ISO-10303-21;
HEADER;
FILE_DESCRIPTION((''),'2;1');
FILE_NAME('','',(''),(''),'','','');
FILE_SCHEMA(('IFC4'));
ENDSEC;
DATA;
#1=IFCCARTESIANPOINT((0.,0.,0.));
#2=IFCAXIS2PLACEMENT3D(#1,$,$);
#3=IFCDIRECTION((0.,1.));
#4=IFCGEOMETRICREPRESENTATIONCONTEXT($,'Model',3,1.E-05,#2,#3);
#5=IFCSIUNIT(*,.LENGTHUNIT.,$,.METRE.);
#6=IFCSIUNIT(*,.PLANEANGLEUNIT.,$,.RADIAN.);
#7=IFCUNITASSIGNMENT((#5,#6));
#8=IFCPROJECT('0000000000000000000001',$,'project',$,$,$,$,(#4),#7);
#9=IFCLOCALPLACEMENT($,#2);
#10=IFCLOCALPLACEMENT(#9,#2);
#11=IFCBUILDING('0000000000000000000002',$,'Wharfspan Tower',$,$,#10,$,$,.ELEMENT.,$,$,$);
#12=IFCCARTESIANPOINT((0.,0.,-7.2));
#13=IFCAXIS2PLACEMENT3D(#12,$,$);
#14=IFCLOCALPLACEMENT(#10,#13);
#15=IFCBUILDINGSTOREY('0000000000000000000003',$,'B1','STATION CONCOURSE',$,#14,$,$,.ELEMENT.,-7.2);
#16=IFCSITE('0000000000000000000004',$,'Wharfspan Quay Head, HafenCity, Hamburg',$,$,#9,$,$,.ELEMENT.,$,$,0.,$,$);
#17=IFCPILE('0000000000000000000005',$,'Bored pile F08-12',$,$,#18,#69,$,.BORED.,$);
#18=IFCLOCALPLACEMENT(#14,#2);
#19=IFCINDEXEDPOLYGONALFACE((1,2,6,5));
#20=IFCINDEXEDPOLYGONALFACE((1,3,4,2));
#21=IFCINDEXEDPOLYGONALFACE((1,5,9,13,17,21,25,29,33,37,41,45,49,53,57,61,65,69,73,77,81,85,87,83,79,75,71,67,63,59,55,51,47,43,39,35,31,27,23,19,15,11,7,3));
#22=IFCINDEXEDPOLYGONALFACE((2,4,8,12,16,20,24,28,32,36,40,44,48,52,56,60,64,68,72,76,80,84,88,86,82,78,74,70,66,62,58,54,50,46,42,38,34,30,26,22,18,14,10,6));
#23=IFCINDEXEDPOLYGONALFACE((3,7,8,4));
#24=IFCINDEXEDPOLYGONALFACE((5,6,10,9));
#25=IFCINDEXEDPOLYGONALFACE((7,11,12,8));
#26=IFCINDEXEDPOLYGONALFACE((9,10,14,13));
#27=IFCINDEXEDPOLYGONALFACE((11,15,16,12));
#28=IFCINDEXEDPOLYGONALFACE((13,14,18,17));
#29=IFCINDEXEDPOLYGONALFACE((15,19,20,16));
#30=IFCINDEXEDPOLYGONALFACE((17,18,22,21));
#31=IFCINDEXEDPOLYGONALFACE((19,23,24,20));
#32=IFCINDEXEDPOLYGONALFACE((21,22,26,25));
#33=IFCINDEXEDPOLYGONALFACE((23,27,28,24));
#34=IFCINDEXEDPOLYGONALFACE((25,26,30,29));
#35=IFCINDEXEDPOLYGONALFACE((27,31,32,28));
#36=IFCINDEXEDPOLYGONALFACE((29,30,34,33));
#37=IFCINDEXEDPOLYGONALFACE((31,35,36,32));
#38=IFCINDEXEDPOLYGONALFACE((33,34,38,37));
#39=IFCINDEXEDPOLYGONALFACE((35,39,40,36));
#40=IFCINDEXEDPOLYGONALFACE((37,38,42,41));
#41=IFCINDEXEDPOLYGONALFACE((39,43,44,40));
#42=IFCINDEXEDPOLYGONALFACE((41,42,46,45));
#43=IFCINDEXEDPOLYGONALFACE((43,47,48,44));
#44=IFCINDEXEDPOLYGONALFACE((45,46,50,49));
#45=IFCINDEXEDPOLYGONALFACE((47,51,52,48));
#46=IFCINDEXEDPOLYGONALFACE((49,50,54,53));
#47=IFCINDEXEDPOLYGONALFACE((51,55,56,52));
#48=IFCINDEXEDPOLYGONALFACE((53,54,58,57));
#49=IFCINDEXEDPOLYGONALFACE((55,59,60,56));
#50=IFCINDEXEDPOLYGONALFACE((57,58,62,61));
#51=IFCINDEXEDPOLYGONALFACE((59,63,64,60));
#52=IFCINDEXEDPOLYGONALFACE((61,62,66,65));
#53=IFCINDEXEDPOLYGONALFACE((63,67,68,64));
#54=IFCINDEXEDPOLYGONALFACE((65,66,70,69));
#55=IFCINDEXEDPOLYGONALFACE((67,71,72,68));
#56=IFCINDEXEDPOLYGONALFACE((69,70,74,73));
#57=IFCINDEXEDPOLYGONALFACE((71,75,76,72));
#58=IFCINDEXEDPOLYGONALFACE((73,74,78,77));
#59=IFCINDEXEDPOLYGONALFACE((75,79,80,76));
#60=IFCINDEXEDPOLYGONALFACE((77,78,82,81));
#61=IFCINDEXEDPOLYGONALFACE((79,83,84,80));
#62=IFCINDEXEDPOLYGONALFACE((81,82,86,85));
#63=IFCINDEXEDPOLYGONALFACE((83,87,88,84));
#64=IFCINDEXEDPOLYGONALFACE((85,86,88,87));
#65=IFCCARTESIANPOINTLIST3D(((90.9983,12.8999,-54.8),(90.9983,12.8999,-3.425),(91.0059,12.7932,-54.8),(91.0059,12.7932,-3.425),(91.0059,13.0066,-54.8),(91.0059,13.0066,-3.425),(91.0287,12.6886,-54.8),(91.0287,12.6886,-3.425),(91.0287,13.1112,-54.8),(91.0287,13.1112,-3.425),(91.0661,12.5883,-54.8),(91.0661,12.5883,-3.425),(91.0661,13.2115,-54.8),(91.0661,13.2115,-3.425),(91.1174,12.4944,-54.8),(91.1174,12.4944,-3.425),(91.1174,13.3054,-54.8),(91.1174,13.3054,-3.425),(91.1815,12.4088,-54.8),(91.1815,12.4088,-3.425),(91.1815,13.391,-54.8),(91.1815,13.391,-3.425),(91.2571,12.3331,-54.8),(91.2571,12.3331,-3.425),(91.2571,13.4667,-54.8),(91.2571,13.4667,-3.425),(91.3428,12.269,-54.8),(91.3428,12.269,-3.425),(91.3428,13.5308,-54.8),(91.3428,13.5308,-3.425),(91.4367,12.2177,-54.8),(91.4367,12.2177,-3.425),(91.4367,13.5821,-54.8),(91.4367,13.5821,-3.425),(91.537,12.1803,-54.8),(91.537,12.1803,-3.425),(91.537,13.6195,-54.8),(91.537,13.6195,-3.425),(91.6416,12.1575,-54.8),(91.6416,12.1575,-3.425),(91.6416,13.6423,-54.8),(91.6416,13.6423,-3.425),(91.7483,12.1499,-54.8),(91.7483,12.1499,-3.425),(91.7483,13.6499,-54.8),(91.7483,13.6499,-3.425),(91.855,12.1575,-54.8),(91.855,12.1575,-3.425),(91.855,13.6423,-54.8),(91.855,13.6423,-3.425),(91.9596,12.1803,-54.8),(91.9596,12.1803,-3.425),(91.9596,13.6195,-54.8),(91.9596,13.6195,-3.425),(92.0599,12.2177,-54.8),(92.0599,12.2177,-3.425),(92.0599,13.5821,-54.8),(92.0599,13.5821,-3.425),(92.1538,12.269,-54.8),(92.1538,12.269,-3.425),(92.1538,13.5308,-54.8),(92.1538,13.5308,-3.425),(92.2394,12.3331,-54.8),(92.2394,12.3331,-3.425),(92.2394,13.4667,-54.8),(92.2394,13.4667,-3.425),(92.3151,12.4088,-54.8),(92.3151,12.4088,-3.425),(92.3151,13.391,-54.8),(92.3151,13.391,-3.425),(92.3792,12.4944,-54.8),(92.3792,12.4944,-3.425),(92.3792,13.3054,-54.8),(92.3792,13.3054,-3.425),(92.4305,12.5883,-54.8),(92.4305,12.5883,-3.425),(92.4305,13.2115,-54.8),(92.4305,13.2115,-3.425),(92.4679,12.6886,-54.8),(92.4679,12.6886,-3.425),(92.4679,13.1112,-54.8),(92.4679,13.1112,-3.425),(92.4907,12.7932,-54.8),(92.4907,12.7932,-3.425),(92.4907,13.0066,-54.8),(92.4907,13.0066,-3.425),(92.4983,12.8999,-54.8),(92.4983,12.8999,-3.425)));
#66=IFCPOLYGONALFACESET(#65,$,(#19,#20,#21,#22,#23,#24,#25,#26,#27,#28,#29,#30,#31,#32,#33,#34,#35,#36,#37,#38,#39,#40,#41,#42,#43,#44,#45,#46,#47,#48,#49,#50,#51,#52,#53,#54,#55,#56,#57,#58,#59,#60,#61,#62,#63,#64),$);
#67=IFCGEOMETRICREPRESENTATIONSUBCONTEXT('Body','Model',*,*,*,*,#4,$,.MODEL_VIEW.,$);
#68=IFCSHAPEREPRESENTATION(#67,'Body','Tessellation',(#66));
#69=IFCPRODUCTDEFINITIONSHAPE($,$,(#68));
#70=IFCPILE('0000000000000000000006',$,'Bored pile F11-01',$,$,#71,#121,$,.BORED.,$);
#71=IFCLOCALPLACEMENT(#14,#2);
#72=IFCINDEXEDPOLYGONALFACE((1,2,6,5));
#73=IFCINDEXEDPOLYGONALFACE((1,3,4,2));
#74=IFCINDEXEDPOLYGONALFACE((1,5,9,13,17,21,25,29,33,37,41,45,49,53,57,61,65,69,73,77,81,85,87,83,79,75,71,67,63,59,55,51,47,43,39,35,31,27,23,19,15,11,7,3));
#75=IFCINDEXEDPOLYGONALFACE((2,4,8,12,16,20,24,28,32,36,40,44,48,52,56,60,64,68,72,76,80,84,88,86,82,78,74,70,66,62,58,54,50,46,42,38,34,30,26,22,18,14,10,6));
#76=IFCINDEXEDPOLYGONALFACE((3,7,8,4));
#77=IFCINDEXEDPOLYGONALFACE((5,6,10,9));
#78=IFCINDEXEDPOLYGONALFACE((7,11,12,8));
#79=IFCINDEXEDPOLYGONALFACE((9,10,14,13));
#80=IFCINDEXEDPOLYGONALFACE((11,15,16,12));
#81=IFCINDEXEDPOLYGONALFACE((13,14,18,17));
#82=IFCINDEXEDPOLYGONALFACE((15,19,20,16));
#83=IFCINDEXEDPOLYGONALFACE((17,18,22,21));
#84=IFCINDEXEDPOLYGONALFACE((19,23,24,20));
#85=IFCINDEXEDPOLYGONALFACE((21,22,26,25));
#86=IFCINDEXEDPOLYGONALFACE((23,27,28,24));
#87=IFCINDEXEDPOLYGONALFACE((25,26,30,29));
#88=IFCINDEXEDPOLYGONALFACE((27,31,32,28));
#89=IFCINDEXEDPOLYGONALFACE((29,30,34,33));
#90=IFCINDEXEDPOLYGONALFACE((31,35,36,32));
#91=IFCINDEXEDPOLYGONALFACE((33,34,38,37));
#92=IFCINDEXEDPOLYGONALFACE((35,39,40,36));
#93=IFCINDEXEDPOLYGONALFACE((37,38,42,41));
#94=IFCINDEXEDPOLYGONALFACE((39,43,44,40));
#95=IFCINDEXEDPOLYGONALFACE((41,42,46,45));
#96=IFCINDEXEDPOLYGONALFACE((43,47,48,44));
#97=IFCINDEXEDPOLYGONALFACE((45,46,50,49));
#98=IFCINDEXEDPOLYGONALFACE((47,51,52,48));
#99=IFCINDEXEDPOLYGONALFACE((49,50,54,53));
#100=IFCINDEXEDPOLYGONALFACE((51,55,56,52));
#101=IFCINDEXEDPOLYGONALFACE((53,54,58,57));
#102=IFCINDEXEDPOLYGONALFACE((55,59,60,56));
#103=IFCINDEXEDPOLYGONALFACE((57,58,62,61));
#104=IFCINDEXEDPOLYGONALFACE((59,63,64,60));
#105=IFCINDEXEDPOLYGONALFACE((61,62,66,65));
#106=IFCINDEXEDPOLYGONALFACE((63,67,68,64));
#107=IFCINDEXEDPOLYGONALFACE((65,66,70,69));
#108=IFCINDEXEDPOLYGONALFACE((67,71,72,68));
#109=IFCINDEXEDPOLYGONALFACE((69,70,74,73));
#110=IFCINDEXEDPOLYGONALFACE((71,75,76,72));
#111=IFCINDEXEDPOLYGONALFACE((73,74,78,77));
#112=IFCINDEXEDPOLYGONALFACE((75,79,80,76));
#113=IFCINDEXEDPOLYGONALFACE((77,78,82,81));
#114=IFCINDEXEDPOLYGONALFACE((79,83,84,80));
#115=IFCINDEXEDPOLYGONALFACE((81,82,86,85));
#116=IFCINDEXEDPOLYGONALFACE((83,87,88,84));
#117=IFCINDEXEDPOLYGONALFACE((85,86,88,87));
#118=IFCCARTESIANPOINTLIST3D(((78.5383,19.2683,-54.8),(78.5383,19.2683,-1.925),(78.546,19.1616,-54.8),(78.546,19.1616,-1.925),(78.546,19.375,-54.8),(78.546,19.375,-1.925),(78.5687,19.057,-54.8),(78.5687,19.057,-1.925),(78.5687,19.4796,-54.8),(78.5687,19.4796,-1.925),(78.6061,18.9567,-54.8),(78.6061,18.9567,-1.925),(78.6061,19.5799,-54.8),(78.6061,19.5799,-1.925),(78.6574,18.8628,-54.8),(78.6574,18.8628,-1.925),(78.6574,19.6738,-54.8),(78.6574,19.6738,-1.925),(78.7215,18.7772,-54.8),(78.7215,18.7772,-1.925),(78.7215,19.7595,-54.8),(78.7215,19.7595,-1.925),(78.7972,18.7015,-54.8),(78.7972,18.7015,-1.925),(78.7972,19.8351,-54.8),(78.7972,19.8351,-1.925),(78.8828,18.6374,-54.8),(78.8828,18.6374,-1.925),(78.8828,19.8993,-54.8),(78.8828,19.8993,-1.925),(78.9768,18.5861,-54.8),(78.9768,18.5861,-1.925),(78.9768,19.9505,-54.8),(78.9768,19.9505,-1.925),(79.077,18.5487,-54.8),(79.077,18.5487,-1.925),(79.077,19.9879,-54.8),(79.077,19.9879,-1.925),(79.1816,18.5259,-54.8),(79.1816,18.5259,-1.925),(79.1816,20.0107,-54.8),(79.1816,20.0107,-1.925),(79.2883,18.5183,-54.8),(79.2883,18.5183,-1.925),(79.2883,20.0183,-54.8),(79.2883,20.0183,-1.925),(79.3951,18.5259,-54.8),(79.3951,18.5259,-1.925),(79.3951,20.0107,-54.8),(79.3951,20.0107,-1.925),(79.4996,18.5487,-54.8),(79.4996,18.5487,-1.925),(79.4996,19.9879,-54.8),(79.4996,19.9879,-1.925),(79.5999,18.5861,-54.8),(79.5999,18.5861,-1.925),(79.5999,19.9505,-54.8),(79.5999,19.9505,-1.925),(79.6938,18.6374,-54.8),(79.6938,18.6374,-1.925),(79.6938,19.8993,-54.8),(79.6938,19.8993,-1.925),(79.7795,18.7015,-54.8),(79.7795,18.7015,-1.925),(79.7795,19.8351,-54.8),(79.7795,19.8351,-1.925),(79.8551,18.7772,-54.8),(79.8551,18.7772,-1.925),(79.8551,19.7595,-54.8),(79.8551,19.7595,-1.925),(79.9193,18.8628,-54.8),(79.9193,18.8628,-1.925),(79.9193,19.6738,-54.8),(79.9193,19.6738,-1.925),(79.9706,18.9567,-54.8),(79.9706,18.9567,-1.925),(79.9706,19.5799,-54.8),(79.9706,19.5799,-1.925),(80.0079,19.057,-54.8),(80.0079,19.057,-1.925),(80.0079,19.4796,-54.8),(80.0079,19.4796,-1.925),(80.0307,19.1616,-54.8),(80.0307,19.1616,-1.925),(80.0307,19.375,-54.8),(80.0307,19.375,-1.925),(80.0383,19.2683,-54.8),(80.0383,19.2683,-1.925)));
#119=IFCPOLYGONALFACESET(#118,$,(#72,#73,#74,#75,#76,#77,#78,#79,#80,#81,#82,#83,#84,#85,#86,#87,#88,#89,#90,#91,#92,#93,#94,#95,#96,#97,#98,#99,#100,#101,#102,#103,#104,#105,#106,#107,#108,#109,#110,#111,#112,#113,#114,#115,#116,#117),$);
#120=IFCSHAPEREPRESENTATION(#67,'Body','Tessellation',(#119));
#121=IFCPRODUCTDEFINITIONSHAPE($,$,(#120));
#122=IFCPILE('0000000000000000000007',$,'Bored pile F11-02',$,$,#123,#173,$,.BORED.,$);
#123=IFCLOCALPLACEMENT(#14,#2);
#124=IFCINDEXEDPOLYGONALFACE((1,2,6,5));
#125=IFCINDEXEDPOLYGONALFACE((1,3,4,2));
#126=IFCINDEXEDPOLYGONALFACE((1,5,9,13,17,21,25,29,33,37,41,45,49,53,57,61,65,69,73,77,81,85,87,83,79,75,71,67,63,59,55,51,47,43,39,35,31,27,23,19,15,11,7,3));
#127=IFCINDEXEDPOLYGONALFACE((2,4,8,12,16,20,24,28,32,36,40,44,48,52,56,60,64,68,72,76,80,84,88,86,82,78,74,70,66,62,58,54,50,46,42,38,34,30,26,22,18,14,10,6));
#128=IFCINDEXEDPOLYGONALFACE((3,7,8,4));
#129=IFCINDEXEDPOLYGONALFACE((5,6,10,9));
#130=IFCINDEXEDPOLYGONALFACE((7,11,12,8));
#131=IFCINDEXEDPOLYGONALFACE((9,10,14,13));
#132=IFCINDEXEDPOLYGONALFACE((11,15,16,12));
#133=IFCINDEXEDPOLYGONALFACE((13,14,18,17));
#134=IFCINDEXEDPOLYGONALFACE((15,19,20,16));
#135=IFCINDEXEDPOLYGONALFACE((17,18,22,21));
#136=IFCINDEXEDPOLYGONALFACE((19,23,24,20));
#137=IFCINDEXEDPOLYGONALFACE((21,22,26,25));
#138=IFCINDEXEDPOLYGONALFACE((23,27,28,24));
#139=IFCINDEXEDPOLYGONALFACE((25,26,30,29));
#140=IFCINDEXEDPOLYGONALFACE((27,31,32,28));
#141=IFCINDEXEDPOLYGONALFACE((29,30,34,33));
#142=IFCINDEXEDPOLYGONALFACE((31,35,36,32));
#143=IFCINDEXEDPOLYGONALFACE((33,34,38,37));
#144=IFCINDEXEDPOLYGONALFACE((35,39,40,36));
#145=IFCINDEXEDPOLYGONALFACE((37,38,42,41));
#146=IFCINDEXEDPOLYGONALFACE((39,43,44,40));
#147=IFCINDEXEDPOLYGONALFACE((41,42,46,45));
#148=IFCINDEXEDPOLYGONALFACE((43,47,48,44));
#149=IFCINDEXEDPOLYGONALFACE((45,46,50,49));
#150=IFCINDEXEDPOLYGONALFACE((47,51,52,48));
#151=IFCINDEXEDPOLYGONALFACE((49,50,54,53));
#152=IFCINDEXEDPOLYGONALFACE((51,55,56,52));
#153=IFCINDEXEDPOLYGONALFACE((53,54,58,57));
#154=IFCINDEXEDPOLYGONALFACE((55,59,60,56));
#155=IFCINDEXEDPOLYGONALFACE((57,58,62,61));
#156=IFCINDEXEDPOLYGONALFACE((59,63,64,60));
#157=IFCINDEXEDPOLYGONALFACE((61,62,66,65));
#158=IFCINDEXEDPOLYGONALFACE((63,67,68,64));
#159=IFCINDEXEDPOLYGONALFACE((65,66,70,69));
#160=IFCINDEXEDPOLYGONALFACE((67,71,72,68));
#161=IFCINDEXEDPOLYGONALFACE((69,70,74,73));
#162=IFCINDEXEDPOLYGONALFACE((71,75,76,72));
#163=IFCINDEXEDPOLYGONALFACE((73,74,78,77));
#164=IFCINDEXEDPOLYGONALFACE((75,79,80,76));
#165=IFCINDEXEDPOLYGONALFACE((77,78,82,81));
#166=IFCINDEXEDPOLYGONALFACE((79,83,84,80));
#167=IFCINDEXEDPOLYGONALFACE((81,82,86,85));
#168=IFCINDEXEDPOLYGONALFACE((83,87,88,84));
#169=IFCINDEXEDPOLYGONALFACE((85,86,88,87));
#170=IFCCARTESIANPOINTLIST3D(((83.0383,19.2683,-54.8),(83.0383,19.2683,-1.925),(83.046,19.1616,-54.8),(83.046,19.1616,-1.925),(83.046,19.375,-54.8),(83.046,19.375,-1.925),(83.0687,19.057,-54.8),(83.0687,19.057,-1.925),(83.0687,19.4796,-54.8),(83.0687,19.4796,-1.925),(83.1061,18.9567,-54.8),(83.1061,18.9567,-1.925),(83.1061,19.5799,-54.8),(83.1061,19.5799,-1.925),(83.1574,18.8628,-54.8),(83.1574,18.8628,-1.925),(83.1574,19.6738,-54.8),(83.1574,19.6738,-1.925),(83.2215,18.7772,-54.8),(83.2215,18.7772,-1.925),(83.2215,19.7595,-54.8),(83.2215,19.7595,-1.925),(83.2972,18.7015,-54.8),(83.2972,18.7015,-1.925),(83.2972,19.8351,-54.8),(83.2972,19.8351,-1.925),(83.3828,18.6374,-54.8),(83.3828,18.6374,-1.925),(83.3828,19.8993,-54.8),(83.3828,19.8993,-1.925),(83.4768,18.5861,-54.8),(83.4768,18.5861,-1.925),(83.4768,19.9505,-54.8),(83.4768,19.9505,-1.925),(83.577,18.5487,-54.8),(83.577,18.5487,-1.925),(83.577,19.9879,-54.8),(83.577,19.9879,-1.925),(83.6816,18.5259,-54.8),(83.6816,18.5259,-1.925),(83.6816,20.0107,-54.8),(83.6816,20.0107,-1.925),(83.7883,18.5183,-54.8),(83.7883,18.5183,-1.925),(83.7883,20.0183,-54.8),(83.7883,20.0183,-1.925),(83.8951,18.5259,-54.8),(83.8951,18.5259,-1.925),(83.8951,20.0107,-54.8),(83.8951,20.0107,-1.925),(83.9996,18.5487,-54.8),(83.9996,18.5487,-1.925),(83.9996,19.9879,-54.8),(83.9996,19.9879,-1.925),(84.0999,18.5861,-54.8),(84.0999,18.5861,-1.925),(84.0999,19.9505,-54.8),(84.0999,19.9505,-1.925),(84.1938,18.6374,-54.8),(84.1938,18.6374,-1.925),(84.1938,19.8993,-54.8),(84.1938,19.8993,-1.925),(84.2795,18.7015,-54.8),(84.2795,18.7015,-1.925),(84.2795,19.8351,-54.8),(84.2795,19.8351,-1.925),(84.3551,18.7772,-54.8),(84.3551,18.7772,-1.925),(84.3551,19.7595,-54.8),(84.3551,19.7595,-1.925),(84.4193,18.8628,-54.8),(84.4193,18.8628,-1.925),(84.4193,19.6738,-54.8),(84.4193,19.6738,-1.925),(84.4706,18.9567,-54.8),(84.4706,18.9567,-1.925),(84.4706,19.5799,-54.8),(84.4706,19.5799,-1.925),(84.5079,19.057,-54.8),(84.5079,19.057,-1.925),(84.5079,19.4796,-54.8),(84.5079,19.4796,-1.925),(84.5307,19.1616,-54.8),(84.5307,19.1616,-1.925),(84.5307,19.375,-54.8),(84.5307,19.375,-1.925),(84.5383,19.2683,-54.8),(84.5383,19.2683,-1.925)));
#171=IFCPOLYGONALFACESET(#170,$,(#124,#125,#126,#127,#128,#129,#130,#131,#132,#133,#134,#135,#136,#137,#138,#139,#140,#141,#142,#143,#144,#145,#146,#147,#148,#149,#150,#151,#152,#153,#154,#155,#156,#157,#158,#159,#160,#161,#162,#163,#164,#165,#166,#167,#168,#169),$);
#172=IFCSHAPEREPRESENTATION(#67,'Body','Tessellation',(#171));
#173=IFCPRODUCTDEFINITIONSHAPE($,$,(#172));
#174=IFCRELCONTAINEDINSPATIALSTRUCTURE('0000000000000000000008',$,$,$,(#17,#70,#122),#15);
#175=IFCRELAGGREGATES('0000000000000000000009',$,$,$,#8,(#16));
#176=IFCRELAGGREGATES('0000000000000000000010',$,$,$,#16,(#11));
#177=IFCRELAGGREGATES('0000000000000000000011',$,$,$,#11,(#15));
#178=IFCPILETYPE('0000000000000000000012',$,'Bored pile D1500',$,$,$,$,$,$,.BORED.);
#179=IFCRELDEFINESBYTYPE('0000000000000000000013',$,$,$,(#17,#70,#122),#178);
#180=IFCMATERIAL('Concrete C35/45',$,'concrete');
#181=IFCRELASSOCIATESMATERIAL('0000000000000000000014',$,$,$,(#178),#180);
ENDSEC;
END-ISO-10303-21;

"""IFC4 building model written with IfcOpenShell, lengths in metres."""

from ifc_helpers import new_model, si_unit, direction, frame, origin, origin_2d, place, context, subcontext, project, spatial, circle, extrude, material, material_profile, profile_set, type_object, element, save


model = new_model("IFC4")

# Units and contexts
model_context = context("Model", 3, precision=1e-05, world=origin(), true_north=direction((0.0, 1.0)))
body_context = subcontext(model_context, "Body", "Model", "MODEL_VIEW")
ifc_project = project(units=[si_unit("LENGTHUNIT", "METRE"), si_unit("PLANEANGLEUNIT", "RADIAN")], contexts=[model_context])

# Site, building, storey
site_placement = place(None, origin())
site = spatial("IfcSite", under=ifc_project, at=site_placement, Name="Wharfspan Quay Head, HafenCity, Hamburg", CompositionType="ELEMENT", RefElevation=0.0)
building_placement = place(site_placement, origin())
building = spatial("IfcBuilding", under=site, at=building_placement, Name="Wharfspan Tower", CompositionType="ELEMENT")
storey_placement = place(building_placement, frame((0.0, 0.0, -7.2)))
storey = spatial("IfcBuildingStorey", under=building, at=storey_placement, Name="B1", Description="STATION CONCOURSE", CompositionType="ELEMENT", Elevation=-7.2)

# Piles
ifc_material_1 = material(Name="Concrete C35/45", Category="concrete")
ifc_material_profile_1 = material_profile(ifc_material_1, circle(Radius=0.75, at=origin_2d()))
ifc_profile_set_1 = profile_set([ifc_material_profile_1], Name="Concrete C35/45")
pile_type = type_object("IfcPileType", Name="Bored pile D1500", PredefinedType="BORED", material=ifc_profile_set_1)
for number, where, z_axis, x_axis, name in (
    (1, (91.7483, 12.8999, -3.425), (0.0, 0.0, -1.0), (1.0, 0.0, 0.0), "Bored pile F08-12"),
):
    element("IfcPile", number, at=place(storey_placement, frame(where, z_axis=z_axis, x_axis=x_axis)), inside=storey, type_object=pile_type, Name=name, PredefinedType="BORED", context=body_context, shape_type="SweptSolid", body=[
        extrude(circle(Radius=0.75, at=origin_2d()), origin(), (0.0, 0.0, 1.0), 51.375),
    ])
for number, where, z_axis, x_axis, name in (
    (2, (79.2883, 19.2683, -1.925), (0.0, 0.0, -1.0), (1.0, 0.0, 0.0), "Bored pile F11-01"),
    (3, (83.7883, 19.2683, -1.925), (0.0, 0.0, -1.0), (1.0, 0.0, 0.0), "Bored pile F11-02"),
):
    element("IfcPile", number, at=place(storey_placement, frame(where, z_axis=z_axis, x_axis=x_axis)), inside=storey, type_object=pile_type, Name=name, PredefinedType="BORED", context=body_context, shape_type="SweptSolid", body=[
        extrude(circle(Radius=0.75, at=origin_2d()), origin(), (0.0, 0.0, 1.0), 52.875),
    ])

save(model, "model.ifc")
